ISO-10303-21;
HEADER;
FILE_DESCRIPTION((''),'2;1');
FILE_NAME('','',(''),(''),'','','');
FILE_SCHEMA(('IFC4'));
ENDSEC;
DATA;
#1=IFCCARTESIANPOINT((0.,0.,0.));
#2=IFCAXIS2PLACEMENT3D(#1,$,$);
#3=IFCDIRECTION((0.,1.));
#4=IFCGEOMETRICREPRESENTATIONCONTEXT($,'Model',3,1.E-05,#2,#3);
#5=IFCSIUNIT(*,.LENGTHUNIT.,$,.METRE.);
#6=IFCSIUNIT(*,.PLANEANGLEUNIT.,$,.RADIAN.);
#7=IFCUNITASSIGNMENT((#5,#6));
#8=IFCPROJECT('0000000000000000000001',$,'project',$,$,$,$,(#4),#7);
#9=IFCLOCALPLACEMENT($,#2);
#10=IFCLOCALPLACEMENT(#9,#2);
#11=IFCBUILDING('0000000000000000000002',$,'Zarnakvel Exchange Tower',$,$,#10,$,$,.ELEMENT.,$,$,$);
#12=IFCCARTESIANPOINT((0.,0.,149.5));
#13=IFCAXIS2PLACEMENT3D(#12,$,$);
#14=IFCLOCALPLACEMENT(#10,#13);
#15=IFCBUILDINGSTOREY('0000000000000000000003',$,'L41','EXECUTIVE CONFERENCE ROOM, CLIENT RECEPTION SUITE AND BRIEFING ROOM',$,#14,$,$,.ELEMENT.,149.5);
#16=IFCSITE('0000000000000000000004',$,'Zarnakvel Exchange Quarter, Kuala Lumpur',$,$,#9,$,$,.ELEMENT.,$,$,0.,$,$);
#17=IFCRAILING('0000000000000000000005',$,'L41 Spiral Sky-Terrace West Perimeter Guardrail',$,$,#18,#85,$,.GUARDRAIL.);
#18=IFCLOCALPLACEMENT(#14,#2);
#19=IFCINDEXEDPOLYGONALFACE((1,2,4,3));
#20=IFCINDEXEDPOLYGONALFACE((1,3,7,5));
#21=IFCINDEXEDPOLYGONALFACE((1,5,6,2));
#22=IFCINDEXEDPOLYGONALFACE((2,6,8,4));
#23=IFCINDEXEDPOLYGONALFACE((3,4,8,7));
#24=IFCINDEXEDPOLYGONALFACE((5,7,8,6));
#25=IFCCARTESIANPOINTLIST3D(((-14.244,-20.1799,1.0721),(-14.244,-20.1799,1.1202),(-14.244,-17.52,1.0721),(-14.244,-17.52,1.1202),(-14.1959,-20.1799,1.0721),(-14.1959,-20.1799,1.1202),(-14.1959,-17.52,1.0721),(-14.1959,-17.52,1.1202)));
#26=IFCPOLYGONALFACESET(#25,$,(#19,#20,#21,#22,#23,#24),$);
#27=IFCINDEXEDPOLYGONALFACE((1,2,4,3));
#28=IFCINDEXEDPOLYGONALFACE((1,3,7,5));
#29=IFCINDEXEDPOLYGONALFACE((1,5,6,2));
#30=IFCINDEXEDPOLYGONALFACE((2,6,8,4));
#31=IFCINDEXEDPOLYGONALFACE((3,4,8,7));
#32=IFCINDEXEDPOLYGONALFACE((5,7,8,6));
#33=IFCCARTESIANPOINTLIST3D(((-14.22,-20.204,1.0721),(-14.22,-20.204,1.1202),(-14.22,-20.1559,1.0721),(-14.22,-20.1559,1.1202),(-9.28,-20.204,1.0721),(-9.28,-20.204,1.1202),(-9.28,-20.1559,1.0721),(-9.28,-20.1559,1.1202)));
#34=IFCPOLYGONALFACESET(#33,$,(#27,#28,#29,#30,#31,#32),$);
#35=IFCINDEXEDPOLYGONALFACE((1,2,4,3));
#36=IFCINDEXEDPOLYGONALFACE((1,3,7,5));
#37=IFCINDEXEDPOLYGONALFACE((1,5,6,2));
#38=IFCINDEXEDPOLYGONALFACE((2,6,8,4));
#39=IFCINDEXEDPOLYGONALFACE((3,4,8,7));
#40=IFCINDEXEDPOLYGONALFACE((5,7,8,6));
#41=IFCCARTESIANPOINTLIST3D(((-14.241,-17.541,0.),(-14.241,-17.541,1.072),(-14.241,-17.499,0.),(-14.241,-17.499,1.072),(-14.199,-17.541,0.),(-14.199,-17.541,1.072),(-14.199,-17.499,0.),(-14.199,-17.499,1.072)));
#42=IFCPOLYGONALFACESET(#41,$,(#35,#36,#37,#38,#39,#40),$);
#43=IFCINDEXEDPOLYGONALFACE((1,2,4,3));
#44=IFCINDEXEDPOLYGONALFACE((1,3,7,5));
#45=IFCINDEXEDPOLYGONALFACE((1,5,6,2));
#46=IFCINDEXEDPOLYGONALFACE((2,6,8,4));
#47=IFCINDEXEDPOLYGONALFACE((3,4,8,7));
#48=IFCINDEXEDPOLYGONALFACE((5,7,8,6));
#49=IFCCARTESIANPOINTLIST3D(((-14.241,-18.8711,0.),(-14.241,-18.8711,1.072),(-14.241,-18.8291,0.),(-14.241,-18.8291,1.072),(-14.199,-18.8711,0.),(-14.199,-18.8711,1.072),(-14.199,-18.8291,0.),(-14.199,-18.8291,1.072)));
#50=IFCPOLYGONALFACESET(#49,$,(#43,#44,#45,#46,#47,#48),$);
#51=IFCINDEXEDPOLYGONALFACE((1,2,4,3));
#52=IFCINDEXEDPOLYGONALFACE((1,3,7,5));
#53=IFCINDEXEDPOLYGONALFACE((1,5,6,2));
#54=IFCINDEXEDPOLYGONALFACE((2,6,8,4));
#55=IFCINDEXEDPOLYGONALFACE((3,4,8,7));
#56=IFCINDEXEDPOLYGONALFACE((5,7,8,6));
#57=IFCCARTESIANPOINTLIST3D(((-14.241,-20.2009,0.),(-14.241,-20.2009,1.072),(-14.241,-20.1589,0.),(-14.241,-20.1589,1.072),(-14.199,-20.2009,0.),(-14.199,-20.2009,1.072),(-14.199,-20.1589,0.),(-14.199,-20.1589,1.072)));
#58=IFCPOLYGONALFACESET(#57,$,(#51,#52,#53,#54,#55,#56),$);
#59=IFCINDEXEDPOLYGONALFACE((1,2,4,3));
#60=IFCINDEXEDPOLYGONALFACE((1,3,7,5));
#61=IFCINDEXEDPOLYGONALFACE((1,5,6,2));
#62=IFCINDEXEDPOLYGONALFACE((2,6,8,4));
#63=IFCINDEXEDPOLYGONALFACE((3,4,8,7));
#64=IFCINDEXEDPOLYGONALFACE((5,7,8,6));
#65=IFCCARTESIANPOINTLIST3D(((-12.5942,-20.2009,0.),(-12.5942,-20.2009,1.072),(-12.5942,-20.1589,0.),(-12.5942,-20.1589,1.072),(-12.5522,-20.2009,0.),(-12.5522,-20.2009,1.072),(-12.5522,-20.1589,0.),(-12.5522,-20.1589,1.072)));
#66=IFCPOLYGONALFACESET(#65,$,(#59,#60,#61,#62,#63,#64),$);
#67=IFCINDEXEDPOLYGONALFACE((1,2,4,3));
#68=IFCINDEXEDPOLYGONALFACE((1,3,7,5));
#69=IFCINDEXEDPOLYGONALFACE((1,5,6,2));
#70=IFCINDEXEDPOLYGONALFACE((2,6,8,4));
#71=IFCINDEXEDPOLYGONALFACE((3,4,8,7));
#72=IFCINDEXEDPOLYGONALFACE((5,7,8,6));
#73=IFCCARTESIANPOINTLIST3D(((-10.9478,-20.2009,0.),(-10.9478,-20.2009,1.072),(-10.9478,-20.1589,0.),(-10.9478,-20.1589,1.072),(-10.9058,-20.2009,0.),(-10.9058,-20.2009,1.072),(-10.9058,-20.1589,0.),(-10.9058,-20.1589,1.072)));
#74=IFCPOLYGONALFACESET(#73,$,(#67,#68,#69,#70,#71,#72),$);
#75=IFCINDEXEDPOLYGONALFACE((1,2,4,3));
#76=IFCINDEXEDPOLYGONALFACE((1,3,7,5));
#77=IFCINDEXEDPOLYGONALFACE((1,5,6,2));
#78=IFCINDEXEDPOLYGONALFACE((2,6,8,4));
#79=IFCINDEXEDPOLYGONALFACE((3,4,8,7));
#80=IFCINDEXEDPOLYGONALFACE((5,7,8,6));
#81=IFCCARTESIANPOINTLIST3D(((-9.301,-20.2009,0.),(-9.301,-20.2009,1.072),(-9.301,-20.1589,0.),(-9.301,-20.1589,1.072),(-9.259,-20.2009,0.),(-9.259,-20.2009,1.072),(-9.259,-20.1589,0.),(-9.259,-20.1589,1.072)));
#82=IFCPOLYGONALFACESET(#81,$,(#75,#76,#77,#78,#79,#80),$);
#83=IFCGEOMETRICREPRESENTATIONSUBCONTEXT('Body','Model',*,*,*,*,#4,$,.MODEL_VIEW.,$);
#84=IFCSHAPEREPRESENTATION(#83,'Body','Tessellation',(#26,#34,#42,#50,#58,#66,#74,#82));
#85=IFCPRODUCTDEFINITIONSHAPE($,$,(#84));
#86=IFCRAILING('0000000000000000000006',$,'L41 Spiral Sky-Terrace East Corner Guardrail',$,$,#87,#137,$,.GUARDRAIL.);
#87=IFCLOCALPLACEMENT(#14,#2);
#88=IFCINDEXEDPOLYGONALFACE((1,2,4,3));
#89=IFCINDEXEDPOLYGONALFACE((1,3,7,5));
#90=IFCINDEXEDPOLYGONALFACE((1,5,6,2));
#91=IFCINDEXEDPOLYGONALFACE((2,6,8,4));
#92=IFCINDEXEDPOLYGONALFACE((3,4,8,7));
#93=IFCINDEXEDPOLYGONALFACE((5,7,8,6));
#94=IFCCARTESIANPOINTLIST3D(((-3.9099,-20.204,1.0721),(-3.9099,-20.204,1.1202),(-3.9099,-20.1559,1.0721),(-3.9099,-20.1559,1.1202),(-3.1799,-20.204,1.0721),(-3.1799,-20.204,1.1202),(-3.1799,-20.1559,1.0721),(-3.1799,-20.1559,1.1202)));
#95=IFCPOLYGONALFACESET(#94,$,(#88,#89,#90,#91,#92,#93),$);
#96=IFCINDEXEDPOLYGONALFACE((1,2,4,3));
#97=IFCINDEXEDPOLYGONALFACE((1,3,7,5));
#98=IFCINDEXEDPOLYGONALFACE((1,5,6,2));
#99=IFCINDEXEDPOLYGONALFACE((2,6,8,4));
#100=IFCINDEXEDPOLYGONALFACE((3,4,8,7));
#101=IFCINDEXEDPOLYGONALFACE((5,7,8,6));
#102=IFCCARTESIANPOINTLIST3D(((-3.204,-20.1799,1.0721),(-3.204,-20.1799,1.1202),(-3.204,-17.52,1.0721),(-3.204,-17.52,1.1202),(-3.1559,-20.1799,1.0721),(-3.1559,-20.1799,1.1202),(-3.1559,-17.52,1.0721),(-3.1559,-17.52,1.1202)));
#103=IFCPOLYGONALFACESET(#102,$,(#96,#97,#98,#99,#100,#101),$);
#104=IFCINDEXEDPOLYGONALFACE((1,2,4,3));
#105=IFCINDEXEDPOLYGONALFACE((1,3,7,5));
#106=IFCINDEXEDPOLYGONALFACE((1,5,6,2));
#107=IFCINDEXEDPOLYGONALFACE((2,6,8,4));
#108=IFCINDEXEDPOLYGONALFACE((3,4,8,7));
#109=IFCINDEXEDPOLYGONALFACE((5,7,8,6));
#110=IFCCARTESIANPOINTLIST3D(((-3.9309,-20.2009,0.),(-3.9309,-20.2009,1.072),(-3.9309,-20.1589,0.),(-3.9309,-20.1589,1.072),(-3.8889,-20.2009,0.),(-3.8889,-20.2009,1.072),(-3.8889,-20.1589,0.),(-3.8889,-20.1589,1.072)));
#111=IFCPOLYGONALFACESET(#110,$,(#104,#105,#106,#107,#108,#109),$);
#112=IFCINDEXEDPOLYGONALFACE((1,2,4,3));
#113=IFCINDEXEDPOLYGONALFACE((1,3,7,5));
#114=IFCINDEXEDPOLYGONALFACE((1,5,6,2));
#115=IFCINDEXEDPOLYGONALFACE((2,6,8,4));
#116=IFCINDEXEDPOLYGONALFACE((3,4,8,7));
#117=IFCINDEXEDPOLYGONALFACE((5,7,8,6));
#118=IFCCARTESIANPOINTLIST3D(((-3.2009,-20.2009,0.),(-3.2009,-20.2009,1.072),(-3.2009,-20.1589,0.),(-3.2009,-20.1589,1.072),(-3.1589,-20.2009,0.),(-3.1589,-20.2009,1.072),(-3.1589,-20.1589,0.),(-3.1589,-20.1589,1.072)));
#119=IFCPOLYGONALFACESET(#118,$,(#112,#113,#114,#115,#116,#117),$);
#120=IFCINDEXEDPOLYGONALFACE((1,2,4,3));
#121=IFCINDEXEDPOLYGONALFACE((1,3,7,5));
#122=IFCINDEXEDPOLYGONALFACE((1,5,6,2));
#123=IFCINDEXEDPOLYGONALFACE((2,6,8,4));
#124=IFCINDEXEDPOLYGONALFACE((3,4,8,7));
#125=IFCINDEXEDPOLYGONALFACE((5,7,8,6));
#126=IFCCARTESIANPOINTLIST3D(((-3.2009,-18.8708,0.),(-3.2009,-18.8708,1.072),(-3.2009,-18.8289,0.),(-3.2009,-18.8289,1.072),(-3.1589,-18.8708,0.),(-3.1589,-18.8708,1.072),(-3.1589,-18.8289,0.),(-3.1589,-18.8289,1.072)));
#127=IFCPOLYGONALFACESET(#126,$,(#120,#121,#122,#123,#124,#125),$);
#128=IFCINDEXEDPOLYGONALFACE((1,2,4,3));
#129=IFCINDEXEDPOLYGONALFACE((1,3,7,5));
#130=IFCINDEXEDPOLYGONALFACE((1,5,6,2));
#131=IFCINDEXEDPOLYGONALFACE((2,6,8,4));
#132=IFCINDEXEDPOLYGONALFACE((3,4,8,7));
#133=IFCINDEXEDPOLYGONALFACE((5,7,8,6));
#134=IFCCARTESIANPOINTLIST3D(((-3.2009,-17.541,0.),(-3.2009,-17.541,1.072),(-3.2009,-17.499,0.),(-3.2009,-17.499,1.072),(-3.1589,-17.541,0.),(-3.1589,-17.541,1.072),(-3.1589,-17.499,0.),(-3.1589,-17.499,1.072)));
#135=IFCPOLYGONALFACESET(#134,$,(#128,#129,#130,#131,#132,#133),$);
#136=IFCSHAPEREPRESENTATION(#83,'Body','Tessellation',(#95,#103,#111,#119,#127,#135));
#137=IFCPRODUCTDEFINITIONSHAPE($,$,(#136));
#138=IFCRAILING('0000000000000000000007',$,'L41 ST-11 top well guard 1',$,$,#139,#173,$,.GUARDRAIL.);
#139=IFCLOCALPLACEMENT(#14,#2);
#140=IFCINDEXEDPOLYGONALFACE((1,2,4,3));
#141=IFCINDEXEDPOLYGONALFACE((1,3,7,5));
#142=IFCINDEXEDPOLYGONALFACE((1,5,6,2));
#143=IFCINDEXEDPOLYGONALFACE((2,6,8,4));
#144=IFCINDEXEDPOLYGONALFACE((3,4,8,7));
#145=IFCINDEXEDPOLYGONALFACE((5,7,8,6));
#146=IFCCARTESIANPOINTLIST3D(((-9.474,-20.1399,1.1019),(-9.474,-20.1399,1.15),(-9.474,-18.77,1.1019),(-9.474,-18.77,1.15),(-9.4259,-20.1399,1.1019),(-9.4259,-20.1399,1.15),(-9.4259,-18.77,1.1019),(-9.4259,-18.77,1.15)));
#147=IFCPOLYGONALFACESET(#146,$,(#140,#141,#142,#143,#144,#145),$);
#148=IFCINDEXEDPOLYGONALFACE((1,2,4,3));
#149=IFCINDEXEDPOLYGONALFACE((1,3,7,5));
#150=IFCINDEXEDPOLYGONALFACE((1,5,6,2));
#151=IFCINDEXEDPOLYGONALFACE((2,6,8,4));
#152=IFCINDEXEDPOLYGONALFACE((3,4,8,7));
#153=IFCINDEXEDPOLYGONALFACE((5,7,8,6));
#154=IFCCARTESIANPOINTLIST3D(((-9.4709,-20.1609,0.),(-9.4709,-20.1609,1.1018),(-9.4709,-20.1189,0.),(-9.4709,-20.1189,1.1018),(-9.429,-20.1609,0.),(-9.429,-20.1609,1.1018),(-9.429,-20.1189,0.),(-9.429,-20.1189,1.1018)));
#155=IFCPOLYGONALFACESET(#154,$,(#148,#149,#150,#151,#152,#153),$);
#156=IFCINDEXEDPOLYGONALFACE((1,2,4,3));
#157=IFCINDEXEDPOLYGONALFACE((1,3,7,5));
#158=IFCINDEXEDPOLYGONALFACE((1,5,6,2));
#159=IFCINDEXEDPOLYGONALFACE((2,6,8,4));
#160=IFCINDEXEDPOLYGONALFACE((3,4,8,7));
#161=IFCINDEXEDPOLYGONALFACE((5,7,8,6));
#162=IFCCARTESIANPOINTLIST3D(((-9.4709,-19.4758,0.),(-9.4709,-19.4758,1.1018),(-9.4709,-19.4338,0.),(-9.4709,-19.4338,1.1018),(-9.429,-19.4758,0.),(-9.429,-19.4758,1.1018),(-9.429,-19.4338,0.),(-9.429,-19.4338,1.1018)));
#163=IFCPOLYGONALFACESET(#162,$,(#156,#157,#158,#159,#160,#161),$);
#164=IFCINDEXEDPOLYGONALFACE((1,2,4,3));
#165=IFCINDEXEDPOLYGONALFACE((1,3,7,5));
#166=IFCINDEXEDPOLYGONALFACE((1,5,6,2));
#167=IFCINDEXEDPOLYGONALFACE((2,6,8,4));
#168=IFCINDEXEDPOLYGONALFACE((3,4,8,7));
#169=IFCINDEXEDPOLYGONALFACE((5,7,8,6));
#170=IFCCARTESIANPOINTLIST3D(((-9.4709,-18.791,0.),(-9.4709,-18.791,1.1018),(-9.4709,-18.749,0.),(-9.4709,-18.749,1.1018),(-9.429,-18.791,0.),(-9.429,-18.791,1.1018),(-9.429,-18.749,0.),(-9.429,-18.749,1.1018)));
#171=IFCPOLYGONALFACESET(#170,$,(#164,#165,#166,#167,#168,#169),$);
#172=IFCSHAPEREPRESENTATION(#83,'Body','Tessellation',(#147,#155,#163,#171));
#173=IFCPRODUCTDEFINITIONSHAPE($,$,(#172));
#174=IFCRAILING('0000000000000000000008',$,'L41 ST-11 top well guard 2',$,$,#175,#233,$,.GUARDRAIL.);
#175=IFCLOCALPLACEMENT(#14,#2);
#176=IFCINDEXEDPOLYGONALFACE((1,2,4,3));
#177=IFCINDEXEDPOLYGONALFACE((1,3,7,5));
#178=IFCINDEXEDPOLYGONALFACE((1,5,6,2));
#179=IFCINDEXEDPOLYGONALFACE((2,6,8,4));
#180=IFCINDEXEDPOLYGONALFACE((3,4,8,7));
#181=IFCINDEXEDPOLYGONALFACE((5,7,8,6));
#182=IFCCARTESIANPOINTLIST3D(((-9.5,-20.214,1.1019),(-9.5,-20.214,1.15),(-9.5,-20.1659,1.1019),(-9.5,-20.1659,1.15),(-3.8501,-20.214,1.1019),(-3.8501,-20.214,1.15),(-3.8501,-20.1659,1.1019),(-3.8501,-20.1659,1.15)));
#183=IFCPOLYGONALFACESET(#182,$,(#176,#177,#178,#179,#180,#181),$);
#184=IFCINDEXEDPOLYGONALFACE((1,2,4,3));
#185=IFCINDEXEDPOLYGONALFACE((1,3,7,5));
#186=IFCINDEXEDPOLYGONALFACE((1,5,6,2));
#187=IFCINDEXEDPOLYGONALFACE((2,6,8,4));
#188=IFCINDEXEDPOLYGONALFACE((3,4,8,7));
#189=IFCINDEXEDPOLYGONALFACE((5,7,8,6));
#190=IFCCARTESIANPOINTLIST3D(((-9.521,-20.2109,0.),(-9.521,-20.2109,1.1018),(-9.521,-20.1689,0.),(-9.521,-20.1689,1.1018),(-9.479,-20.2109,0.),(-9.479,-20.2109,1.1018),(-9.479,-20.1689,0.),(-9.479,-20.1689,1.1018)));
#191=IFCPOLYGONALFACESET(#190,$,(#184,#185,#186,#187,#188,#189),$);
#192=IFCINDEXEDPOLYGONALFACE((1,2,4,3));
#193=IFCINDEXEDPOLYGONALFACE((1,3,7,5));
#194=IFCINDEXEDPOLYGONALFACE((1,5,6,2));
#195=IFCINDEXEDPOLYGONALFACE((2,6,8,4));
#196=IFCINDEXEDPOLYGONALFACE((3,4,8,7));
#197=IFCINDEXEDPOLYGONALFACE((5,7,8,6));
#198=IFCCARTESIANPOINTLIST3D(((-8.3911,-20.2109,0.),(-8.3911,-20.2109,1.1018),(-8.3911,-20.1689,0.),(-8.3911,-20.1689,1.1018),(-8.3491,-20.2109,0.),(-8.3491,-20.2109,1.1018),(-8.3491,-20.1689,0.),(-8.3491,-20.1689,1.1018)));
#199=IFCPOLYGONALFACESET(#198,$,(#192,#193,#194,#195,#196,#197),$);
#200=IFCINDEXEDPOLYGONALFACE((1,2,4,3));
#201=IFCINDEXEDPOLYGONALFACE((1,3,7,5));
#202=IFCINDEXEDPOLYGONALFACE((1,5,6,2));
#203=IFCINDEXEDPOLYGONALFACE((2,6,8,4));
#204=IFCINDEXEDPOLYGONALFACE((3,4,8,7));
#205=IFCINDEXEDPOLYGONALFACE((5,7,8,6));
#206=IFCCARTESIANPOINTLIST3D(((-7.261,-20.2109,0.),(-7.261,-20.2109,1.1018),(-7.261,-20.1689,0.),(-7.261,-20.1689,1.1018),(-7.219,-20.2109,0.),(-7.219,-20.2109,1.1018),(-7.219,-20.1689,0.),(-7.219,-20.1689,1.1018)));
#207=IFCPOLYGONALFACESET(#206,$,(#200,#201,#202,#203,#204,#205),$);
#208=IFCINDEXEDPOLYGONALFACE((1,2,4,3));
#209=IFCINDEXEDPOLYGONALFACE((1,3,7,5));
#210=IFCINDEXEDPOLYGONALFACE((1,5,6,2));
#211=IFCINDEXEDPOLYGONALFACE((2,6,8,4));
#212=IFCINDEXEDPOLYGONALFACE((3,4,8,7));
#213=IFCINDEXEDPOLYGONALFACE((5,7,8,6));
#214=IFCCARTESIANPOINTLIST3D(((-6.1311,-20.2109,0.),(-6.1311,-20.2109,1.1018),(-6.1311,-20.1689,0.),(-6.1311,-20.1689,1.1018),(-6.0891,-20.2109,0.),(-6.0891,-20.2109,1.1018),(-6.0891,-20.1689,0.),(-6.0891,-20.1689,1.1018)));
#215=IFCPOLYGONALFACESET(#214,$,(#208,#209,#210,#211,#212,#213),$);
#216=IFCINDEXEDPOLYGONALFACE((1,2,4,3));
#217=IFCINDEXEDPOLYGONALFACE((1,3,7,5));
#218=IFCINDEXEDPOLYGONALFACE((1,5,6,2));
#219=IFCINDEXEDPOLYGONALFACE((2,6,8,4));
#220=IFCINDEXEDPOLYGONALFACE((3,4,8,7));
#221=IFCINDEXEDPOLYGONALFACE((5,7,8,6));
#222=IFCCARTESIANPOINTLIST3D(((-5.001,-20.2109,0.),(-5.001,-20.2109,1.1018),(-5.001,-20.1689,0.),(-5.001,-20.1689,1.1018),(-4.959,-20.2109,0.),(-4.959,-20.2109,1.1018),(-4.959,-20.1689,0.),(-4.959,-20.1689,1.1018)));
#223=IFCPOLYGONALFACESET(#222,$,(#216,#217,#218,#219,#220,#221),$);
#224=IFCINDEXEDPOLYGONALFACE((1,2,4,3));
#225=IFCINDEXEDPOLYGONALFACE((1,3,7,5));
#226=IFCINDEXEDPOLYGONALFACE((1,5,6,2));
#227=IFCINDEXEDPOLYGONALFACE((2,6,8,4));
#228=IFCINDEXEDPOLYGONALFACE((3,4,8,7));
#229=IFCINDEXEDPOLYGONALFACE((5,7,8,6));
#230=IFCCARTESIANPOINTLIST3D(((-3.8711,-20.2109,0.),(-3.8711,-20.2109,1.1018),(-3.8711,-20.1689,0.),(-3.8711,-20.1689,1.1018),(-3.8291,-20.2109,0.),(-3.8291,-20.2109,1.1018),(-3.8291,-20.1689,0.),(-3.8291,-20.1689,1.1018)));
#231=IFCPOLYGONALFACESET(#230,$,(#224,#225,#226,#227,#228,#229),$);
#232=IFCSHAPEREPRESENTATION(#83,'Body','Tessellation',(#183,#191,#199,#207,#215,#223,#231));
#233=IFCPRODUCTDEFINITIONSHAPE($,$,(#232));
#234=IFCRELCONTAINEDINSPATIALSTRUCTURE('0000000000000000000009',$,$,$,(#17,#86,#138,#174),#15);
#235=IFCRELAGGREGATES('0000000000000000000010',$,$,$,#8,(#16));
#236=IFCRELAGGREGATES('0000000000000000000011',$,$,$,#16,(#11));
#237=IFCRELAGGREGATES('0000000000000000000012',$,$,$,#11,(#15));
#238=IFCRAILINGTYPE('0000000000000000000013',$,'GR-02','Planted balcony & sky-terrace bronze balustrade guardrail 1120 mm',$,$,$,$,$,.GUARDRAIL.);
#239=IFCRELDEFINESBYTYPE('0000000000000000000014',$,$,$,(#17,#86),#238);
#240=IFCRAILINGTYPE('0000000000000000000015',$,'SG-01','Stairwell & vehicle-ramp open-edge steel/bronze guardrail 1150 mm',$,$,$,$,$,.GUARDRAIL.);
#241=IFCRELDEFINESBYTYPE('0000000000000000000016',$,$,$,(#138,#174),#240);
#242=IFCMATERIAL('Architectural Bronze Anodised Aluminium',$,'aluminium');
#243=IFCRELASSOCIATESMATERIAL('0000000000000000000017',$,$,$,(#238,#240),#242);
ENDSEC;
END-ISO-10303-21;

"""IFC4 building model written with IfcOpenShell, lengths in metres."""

from ifc_helpers import new_model, si_unit, direction, frame, origin, origin_2d, place, context, subcontext, project, spatial, rectangle, extrude, material, type_object, element, save


model = new_model("IFC4")

# Units and contexts
model_context = context("Model", 3, precision=1e-05, world=origin(), true_north=direction((0.0, 1.0)))
body_context = subcontext(model_context, "Body", "Model", "MODEL_VIEW")
ifc_project = project(units=[si_unit("LENGTHUNIT", "METRE"), si_unit("PLANEANGLEUNIT", "RADIAN")], contexts=[model_context])

# Site, building, storey
site_placement = place(None, origin())
site = spatial("IfcSite", under=ifc_project, at=site_placement, Name="Zarnakvel Exchange Quarter, Kuala Lumpur", CompositionType="ELEMENT", RefElevation=0.0)
building_placement = place(site_placement, origin())
building = spatial("IfcBuilding", under=site, at=building_placement, Name="Zarnakvel Exchange Tower", CompositionType="ELEMENT")
storey_placement = place(building_placement, frame((0.0, 0.0, 149.5)))
storey = spatial("IfcBuildingStorey", under=building, at=storey_placement, Name="L41", Description="EXECUTIVE CONFERENCE ROOM, CLIENT RECEPTION SUITE AND BRIEFING ROOM", CompositionType="ELEMENT", Elevation=149.5)

# Shared definitions
ifc_material_1 = material(Name="Architectural Bronze Anodised Aluminium", Category="aluminium")

# Railings
railing_type_1 = type_object("IfcRailingType", Name="GR-02", Description="Planted balcony & sky-terrace bronze balustrade guardrail 1120 mm", PredefinedType="GUARDRAIL", material=ifc_material_1)
railing_1_placement = place(storey_placement, frame((-14.22, -17.52, 0.0)))
element("IfcRailing", 1, at=railing_1_placement, inside=storey, type_object=railing_type_1, Name="L41 Spiral Sky-Terrace West Perimeter Guardrail", PredefinedType="GUARDRAIL", context=body_context, shape_type="SweptSolid", body=[
    extrude(rectangle(XDim=0.0481, YDim=0.0481, at=origin_2d()), frame((0.0, 0.0, 1.0962), z_axis=(0.0, -1.0, 0.0), x_axis=(1.0, 0.0, 0.0)), (0.0, 0.0, 1.0), 2.6599),
    extrude(rectangle(XDim=0.0481, YDim=0.0481, at=origin_2d()), frame((0.0, -2.6599, 1.0962), z_axis=(1.0, 0.0, 0.0), x_axis=(0.0, 1.0, 0.0)), (0.0, 0.0, 1.0), 4.9399),
    extrude(rectangle(XDim=0.042, YDim=0.042, at=origin_2d()), origin(), (0.0, 0.0, 1.0), 1.072),
    extrude(rectangle(XDim=0.042, YDim=0.042, at=origin_2d()), frame((0.0, -1.3301, 0.0)), (0.0, 0.0, 1.0), 1.072),
    extrude(rectangle(XDim=0.042, YDim=0.042, at=origin_2d()), frame((0.0, -2.6599, 0.0)), (0.0, 0.0, 1.0), 1.072),
    extrude(rectangle(XDim=0.042, YDim=0.042, at=origin_2d()), frame((1.6467, -2.6599, 0.0)), (0.0, 0.0, 1.0), 1.072),
    extrude(rectangle(XDim=0.042, YDim=0.042, at=origin_2d()), frame((3.2932, -2.6599, 0.0)), (0.0, 0.0, 1.0), 1.072),
    extrude(rectangle(XDim=0.042, YDim=0.042, at=origin_2d()), frame((4.9399, -2.6599, 0.0)), (0.0, 0.0, 1.0), 1.072),
])
railing_2_placement = place(storey_placement, frame((-3.9099, -20.1799, 0.0)))
element("IfcRailing", 2, at=railing_2_placement, inside=storey, type_object=railing_type_1, Name="L41 Spiral Sky-Terrace East Corner Guardrail", PredefinedType="GUARDRAIL", context=body_context, shape_type="SweptSolid", body=[
    extrude(rectangle(XDim=0.0481, YDim=0.0481, at=origin_2d()), frame((0.0, 0.0, 1.0962), z_axis=(1.0, 0.0, 0.0), x_axis=(0.0, 1.0, 0.0)), (0.0, 0.0, 1.0), 0.73),
    extrude(rectangle(XDim=0.0481, YDim=0.0481, at=origin_2d()), frame((0.73, 0.0, 1.0962), z_axis=(0.0, 1.0, 0.0), x_axis=(-1.0, 0.0, 0.0)), (0.0, 0.0, 1.0), 2.6599),
    extrude(rectangle(XDim=0.042, YDim=0.042, at=origin_2d()), origin(), (0.0, 0.0, 1.0), 1.072),
    extrude(rectangle(XDim=0.042, YDim=0.042, at=origin_2d()), frame((0.73, 0.0, 0.0)), (0.0, 0.0, 1.0), 1.072),
    extrude(rectangle(XDim=0.042, YDim=0.042, at=origin_2d()), frame((0.73, 1.3301, 0.0)), (0.0, 0.0, 1.0), 1.072),
    extrude(rectangle(XDim=0.042, YDim=0.042, at=origin_2d()), frame((0.73, 2.6599, 0.0)), (0.0, 0.0, 1.0), 1.072),
])
railing_type_2 = type_object("IfcRailingType", Name="SG-01", Description="Stairwell & vehicle-ramp open-edge steel/bronze guardrail 1150 mm", PredefinedType="GUARDRAIL", material=ifc_material_1)
railing_3_placement = place(storey_placement, frame((-9.45, -20.1399, 0.0)))
element("IfcRailing", 3, at=railing_3_placement, inside=storey, type_object=railing_type_2, Name="L41 ST-11 top well guard 1", PredefinedType="GUARDRAIL", context=body_context, shape_type="SweptSolid", body=[
    extrude(rectangle(XDim=0.0481, YDim=0.0481, at=origin_2d()), frame((0.0, 0.0, 1.126), z_axis=(0.0, 1.0, 0.0), x_axis=(-1.0, 0.0, 0.0)), (0.0, 0.0, 1.0), 1.3699),
    extrude(rectangle(XDim=0.042, YDim=0.042, at=origin_2d()), origin(), (0.0, 0.0, 1.0), 1.1018),
    extrude(rectangle(XDim=0.042, YDim=0.042, at=origin_2d()), frame((0.0, 0.6851, 0.0)), (0.0, 0.0, 1.0), 1.1018),
    extrude(rectangle(XDim=0.042, YDim=0.042, at=origin_2d()), frame((0.0, 1.3699, 0.0)), (0.0, 0.0, 1.0), 1.1018),
])
for number, where, name in (
    (4, (-9.5, -20.1899, 0.0), "L41 ST-11 top well guard 2"),
):
    element("IfcRailing", number, at=place(storey_placement, frame(where)), inside=storey, type_object=railing_type_2, Name=name, PredefinedType="GUARDRAIL", context=body_context, shape_type="SweptSolid", body=[
        extrude(rectangle(XDim=0.0481, YDim=0.0481, at=origin_2d()), frame((0.0, 0.0, 1.126), z_axis=(1.0, 0.0, 0.0), x_axis=(0.0, 1.0, 0.0)), (0.0, 0.0, 1.0), 5.6499),
        extrude(rectangle(XDim=0.042, YDim=0.042, at=origin_2d()), origin(), (0.0, 0.0, 1.0), 1.1018),
        extrude(rectangle(XDim=0.042, YDim=0.042, at=origin_2d()), frame((1.1299, 0.0, 0.0)), (0.0, 0.0, 1.0), 1.1018),
        extrude(rectangle(XDim=0.042, YDim=0.042, at=origin_2d()), frame((2.26, 0.0, 0.0)), (0.0, 0.0, 1.0), 1.1018),
        extrude(rectangle(XDim=0.042, YDim=0.042, at=origin_2d()), frame((3.3899, 0.0, 0.0)), (0.0, 0.0, 1.0), 1.1018),
        extrude(rectangle(XDim=0.042, YDim=0.042, at=origin_2d()), frame((4.52, 0.0, 0.0)), (0.0, 0.0, 1.0), 1.1018),
        extrude(rectangle(XDim=0.042, YDim=0.042, at=origin_2d()), frame((5.6499, 0.0, 0.0)), (0.0, 0.0, 1.0), 1.1018),
    ])

save(model, "model.ifc")
